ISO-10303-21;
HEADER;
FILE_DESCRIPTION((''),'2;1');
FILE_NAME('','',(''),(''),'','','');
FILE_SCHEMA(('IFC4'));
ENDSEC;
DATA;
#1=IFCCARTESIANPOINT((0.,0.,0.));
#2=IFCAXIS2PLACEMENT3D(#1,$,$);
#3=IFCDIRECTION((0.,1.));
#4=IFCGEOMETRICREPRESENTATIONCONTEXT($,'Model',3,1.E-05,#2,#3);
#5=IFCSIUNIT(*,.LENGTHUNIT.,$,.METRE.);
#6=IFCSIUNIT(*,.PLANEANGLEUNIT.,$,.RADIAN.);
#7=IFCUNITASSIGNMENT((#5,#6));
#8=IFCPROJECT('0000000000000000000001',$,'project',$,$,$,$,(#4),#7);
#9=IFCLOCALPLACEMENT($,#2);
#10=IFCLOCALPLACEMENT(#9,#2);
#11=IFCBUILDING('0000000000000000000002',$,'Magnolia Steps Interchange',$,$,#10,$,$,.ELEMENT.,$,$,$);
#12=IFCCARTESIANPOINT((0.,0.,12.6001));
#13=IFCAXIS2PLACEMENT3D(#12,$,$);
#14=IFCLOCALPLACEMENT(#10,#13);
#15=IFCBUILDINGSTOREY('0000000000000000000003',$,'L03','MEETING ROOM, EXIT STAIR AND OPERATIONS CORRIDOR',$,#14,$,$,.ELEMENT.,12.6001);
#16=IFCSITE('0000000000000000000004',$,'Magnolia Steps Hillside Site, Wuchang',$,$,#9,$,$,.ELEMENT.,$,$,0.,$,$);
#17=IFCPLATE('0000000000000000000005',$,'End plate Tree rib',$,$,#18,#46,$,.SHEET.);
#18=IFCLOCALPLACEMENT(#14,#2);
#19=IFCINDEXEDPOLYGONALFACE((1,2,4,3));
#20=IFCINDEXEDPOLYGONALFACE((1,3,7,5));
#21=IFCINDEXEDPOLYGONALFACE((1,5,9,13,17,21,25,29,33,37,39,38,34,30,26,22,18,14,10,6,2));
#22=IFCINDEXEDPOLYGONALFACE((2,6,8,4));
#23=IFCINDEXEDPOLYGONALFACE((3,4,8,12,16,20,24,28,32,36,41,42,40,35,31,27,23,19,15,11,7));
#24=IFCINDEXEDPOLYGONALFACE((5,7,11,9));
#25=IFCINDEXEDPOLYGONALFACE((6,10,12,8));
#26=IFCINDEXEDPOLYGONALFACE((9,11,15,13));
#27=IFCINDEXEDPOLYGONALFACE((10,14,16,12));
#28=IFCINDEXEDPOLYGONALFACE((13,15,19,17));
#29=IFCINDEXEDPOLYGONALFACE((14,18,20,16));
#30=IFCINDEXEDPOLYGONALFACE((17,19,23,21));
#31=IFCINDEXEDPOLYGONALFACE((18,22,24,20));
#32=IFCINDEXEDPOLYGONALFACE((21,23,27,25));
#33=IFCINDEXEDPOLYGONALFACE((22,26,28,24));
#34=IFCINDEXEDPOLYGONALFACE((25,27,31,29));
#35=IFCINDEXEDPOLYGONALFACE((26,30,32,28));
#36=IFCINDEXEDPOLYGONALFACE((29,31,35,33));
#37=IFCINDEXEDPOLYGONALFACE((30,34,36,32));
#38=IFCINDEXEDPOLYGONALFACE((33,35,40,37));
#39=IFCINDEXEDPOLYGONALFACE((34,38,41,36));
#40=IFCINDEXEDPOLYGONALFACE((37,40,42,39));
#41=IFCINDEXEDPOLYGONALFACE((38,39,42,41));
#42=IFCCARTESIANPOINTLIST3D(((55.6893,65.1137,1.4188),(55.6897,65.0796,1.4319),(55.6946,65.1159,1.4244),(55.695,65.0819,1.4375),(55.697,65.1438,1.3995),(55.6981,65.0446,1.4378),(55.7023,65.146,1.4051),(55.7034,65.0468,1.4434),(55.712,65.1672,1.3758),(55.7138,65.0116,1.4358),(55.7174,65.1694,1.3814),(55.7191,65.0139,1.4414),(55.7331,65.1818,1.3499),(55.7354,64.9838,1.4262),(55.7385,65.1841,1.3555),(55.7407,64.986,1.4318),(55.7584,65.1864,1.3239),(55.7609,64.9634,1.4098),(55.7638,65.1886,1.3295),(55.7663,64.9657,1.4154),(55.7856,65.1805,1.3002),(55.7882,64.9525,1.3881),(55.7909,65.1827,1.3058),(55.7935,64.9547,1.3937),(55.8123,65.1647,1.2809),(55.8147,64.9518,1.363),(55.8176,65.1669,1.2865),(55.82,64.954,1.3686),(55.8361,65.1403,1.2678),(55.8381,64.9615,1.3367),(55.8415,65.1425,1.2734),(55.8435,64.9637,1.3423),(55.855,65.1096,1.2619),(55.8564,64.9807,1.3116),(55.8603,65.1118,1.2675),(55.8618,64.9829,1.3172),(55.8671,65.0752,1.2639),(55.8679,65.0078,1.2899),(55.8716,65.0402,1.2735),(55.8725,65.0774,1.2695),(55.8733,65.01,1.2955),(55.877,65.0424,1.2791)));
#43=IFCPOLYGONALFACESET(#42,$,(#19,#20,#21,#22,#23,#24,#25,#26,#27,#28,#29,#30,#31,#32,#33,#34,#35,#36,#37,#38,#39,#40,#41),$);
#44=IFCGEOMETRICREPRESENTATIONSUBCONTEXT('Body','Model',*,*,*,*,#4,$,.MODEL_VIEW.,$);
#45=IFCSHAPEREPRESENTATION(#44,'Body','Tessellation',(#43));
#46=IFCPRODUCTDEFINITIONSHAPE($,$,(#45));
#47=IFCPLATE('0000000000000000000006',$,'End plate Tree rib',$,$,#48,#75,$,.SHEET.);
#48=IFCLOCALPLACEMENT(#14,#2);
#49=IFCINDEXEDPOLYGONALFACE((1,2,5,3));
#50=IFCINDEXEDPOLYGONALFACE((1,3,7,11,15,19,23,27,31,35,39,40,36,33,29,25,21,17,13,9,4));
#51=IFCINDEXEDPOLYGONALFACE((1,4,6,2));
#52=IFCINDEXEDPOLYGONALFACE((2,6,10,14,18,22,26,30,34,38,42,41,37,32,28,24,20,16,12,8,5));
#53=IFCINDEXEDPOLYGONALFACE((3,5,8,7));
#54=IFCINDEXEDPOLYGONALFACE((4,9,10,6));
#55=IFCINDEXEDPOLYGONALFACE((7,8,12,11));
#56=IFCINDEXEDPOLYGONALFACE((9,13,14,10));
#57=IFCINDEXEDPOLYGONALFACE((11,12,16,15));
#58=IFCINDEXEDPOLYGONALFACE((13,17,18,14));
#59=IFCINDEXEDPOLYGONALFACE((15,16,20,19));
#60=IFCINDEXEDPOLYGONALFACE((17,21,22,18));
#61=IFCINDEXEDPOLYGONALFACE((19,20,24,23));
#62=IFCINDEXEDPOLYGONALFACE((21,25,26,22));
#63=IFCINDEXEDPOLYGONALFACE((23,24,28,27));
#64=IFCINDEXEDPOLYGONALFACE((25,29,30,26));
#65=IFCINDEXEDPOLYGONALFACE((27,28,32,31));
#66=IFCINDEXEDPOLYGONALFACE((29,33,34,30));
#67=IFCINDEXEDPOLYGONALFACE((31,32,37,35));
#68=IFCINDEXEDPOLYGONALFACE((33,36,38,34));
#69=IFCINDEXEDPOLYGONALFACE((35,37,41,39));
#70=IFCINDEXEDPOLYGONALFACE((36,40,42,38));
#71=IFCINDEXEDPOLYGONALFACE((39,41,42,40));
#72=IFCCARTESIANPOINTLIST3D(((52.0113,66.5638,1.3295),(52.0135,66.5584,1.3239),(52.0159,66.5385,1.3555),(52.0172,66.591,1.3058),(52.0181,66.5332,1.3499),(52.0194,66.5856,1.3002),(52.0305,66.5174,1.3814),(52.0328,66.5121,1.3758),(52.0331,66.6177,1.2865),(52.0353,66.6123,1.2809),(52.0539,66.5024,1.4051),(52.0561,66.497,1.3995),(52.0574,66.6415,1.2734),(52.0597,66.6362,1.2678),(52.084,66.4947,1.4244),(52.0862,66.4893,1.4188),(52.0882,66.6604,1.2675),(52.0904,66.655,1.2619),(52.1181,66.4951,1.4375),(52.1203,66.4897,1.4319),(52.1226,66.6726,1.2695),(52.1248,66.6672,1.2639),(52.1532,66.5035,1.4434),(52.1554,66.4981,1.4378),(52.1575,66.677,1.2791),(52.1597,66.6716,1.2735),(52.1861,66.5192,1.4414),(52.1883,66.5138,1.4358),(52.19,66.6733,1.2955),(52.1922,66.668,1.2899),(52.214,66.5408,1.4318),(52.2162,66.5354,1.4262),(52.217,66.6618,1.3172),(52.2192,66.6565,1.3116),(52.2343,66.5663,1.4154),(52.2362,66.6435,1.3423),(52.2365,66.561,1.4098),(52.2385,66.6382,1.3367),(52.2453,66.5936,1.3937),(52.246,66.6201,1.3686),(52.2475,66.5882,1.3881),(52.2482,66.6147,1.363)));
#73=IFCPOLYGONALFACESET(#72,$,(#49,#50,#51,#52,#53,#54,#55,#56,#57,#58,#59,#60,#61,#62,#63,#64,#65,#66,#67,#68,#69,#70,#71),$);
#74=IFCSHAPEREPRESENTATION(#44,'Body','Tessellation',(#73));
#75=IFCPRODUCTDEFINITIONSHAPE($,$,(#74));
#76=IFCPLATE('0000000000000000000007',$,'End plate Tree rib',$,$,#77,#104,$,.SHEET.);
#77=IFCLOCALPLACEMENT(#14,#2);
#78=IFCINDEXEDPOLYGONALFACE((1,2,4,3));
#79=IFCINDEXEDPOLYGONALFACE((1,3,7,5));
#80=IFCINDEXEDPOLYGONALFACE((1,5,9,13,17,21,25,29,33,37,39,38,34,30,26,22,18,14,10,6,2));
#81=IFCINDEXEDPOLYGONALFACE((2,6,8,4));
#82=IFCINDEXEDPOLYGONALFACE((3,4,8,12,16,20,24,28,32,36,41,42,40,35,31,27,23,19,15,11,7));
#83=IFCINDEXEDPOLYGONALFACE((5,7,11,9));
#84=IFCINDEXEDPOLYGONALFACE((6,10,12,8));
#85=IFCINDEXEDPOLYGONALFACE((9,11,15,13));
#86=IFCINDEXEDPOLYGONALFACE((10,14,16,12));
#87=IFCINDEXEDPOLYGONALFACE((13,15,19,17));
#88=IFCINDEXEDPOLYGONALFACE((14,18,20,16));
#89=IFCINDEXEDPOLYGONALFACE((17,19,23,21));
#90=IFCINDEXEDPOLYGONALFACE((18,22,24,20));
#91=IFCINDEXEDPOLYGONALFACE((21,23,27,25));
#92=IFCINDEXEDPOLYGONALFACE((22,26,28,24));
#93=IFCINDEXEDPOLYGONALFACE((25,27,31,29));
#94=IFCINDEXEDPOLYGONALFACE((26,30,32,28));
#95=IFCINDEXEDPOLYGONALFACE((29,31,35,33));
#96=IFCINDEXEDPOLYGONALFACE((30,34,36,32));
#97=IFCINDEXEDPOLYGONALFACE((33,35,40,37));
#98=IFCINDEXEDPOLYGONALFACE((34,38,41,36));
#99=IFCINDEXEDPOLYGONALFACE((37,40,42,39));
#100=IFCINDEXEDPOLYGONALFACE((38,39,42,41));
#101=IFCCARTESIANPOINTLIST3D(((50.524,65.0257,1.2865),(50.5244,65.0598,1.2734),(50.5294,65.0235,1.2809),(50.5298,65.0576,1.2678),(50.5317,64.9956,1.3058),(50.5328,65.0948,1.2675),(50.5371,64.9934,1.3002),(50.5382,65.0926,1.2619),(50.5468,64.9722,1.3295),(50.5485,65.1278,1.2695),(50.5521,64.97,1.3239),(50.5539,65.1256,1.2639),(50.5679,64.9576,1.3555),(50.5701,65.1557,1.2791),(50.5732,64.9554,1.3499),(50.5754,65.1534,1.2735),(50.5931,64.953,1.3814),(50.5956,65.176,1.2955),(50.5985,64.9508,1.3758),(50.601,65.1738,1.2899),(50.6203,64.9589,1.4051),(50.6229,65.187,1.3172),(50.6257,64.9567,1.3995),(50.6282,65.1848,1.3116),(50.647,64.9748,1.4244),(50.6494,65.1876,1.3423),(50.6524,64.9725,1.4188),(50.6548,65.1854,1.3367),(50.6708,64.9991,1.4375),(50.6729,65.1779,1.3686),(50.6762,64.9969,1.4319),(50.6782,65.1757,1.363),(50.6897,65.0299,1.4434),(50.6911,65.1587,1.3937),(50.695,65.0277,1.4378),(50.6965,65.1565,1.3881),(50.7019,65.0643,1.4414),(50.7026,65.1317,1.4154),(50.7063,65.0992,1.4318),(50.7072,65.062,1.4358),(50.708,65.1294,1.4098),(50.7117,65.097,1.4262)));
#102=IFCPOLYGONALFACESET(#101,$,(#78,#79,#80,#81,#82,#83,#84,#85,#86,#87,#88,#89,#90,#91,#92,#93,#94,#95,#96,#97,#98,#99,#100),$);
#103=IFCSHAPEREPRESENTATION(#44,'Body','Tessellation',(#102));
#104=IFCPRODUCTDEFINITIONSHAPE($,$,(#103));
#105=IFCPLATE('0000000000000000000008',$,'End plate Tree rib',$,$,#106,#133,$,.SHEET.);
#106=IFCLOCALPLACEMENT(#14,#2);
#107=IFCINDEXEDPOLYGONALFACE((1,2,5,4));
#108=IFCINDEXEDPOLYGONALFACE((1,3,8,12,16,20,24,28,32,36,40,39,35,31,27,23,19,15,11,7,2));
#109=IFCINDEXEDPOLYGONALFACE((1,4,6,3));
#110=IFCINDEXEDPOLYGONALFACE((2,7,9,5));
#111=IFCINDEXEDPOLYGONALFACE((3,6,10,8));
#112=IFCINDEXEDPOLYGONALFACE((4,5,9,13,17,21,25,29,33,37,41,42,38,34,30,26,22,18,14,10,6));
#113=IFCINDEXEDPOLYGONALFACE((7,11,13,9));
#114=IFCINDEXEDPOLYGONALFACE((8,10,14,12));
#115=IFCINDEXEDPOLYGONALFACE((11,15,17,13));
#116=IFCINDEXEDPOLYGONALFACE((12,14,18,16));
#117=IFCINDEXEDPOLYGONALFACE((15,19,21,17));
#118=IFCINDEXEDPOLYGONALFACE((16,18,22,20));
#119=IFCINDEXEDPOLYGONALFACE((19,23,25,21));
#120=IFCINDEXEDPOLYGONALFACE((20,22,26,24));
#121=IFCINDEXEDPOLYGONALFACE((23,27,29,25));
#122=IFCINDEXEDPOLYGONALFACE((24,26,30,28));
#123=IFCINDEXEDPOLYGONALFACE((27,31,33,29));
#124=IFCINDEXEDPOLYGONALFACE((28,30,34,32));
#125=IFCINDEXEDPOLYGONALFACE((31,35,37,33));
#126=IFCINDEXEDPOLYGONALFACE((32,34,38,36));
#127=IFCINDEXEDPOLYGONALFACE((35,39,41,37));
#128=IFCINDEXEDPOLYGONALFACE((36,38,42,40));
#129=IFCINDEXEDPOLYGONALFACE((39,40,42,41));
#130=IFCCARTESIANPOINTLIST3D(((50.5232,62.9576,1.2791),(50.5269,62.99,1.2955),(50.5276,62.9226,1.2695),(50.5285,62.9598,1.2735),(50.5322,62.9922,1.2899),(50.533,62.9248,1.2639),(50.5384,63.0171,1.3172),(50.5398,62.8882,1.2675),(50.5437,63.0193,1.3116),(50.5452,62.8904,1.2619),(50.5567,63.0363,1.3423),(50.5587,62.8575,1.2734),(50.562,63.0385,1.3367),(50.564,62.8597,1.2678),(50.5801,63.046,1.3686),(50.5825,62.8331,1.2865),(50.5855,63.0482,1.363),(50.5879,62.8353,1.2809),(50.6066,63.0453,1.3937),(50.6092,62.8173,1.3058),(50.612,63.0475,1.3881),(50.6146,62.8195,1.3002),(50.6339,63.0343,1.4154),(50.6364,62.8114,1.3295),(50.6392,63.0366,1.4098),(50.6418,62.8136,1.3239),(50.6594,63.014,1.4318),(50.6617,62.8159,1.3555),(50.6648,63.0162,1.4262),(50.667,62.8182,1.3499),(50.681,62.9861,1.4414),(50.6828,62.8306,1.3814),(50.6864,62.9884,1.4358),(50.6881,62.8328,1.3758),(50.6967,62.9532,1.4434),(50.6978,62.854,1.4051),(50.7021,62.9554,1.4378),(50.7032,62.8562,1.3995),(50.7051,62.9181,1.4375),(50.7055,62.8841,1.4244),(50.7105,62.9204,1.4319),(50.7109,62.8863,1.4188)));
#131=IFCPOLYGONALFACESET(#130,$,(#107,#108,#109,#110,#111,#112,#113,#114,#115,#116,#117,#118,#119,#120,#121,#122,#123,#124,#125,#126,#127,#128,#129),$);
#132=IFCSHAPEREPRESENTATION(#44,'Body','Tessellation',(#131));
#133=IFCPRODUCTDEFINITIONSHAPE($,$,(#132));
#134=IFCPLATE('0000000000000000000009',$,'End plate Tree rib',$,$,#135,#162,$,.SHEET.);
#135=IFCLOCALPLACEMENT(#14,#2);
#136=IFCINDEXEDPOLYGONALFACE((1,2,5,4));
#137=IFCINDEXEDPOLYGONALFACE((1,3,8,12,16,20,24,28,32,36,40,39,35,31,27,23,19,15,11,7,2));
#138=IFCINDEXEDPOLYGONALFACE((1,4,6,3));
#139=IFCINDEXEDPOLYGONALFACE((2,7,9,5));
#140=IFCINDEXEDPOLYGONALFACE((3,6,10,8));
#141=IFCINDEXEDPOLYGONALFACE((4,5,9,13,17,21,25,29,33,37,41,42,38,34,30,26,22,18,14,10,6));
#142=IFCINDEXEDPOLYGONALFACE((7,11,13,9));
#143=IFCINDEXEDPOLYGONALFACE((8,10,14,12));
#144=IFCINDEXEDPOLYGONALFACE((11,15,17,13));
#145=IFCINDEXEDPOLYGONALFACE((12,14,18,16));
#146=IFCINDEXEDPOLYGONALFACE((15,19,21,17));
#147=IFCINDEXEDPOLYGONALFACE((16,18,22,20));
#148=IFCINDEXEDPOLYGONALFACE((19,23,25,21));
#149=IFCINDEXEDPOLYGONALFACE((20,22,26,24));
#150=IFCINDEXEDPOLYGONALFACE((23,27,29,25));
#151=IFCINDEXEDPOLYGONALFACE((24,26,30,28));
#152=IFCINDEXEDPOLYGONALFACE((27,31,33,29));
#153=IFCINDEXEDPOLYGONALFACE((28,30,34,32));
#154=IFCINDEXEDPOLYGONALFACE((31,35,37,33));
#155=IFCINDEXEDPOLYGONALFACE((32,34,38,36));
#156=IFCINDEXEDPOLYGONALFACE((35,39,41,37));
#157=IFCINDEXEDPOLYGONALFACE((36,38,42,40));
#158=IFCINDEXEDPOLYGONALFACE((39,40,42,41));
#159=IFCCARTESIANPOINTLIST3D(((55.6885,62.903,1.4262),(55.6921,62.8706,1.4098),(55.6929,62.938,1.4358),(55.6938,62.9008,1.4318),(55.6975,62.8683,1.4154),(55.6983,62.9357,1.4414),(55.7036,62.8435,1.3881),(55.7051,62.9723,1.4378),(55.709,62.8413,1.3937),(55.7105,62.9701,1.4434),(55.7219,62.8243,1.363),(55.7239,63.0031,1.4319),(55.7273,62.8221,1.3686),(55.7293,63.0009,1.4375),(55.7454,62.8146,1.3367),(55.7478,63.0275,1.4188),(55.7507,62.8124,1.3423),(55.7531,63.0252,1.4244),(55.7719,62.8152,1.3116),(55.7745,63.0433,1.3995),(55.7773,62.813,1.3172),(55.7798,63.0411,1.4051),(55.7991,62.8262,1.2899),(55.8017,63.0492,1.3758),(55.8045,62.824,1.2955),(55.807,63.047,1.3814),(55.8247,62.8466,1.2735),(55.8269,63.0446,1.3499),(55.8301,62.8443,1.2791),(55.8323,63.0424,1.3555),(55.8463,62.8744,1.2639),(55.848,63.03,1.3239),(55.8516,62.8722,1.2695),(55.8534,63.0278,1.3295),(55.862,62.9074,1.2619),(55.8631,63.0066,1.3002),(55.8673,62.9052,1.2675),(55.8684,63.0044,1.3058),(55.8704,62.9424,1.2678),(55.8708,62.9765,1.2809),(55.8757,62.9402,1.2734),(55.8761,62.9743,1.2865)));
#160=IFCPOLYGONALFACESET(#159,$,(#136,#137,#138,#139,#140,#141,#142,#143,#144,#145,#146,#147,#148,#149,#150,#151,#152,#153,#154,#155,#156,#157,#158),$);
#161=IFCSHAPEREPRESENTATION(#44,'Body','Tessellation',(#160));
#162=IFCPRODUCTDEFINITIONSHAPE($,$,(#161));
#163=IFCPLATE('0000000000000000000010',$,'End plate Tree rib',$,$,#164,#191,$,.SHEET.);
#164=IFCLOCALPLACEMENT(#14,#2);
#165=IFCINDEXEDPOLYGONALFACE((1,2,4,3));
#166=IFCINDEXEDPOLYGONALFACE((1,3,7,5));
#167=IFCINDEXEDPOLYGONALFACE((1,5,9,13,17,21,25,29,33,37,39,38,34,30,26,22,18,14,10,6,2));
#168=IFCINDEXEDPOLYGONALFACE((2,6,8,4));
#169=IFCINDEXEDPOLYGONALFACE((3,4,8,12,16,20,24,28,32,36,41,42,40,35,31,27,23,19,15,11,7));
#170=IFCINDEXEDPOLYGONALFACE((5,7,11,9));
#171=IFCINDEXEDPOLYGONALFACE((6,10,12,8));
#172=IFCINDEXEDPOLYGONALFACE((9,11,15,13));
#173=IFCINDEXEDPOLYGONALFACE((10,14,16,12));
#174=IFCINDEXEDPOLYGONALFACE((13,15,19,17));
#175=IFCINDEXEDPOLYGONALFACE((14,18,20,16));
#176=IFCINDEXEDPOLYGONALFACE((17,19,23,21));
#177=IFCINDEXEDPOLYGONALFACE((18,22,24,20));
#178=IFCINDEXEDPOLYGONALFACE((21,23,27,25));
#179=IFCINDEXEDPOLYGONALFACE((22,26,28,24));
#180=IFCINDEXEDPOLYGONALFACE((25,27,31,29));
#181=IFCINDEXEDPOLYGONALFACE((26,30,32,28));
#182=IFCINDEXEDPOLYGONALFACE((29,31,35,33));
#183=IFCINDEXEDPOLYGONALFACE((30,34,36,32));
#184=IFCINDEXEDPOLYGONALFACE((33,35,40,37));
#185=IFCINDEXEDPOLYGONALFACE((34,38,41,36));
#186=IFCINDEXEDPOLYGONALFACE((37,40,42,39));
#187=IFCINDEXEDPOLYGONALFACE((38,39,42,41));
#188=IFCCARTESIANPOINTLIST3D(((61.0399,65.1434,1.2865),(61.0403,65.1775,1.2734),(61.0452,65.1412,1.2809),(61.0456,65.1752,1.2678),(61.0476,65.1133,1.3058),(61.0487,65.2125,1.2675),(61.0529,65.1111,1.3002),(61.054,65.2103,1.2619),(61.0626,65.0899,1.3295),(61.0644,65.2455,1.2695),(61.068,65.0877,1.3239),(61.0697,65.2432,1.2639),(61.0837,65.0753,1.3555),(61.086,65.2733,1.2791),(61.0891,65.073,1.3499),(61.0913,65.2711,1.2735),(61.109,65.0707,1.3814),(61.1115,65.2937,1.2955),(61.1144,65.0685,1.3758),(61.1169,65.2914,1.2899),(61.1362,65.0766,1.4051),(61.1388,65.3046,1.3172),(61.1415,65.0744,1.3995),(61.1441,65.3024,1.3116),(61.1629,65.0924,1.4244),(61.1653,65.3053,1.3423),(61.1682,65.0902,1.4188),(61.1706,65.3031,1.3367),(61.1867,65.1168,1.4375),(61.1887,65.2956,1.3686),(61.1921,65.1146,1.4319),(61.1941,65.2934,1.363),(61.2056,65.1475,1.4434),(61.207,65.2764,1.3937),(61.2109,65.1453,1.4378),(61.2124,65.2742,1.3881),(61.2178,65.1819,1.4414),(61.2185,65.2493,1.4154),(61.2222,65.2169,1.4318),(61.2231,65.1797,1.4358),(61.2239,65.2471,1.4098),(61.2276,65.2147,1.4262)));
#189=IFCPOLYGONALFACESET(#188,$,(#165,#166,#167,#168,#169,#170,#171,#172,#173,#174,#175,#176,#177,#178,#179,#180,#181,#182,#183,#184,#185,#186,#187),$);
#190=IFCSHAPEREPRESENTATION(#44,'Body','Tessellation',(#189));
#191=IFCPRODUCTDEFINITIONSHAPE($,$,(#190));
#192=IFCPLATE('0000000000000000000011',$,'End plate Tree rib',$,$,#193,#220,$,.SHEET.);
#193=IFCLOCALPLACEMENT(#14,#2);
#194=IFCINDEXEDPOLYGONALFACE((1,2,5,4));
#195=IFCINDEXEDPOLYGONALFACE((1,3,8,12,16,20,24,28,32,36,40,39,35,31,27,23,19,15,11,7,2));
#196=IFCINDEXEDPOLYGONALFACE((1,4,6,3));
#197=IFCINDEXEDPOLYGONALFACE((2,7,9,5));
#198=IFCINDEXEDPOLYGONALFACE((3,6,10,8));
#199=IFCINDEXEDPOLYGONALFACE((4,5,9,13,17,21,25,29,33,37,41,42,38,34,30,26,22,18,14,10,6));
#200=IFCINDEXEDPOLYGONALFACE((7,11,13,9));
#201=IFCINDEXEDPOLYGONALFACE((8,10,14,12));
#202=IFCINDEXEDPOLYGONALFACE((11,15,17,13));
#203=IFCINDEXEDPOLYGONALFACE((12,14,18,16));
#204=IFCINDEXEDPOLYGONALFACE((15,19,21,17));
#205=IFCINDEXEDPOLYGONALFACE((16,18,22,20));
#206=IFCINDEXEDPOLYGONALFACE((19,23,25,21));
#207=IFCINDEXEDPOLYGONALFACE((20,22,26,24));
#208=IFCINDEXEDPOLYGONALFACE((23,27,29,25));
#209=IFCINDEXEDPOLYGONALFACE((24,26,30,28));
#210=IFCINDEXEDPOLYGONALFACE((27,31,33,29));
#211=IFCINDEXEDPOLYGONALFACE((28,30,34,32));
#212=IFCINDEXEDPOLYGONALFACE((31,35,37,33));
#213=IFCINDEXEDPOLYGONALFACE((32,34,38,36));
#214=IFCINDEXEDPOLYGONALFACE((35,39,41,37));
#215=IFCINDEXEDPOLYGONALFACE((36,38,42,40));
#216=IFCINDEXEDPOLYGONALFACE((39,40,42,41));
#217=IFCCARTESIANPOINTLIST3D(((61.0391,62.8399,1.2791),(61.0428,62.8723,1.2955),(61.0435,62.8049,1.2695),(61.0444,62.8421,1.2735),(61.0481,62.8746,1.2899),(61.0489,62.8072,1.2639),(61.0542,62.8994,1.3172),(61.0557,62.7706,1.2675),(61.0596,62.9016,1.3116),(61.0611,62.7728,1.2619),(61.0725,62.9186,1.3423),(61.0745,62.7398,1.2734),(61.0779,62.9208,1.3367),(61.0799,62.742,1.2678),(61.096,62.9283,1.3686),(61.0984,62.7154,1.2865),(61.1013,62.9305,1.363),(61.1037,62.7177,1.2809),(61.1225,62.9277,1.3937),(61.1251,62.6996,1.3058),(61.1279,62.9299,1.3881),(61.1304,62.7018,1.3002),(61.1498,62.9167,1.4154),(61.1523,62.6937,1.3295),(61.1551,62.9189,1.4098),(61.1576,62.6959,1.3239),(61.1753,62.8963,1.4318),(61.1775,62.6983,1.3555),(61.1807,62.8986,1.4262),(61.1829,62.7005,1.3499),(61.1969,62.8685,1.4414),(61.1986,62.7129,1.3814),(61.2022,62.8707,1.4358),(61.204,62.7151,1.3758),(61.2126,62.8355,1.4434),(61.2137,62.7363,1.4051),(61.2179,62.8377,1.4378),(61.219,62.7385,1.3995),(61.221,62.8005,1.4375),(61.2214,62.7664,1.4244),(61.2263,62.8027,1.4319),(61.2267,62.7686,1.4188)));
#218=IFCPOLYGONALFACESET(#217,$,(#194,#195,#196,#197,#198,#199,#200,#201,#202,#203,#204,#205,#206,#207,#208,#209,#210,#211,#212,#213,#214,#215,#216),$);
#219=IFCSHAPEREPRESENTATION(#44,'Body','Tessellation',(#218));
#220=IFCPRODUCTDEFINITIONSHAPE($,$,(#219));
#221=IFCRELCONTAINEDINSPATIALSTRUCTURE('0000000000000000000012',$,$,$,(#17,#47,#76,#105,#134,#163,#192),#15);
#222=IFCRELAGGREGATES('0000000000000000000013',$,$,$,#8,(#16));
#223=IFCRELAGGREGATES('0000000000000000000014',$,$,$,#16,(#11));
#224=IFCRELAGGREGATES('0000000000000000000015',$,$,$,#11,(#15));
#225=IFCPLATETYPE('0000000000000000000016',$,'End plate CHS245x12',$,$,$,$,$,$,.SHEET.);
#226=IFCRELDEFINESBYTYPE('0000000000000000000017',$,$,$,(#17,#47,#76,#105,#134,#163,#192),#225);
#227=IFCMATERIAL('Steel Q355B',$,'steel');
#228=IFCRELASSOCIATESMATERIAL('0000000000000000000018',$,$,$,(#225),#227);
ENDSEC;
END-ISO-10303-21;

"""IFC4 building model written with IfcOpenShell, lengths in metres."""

from ifc_helpers import new_model, si_unit, direction, frame, origin, origin_2d, place, context, subcontext, project, spatial, circle, extrude, material, material_profile, profile_set, type_object, element, save


model = new_model("IFC4")

# Units and contexts
model_context = context("Model", 3, precision=1e-05, world=origin(), true_north=direction((0.0, 1.0)))
body_context = subcontext(model_context, "Body", "Model", "MODEL_VIEW")
ifc_project = project(units=[si_unit("LENGTHUNIT", "METRE"), si_unit("PLANEANGLEUNIT", "RADIAN")], contexts=[model_context])

# Site, building, storey
site_placement = place(None, origin())
site = spatial("IfcSite", under=ifc_project, at=site_placement, Name="Magnolia Steps Hillside Site, Wuchang", CompositionType="ELEMENT", RefElevation=0.0)
building_placement = place(site_placement, origin())
building = spatial("IfcBuilding", under=site, at=building_placement, Name="Magnolia Steps Interchange", CompositionType="ELEMENT")
storey_placement = place(building_placement, frame((0.0, 0.0, 12.6001)))
storey = spatial("IfcBuildingStorey", under=building, at=storey_placement, Name="L03", Description="MEETING ROOM, EXIT STAIR AND OPERATIONS CORRIDOR", CompositionType="ELEMENT", Elevation=12.6001)

# Plates
ifc_material_1 = material(Name="Steel Q355B", Category="steel")
ifc_material_profile_1 = material_profile(ifc_material_1, circle(Radius=0.1226, at=origin_2d()), Name="End plate CHS245x12")
ifc_profile_set_1 = profile_set([ifc_material_profile_1], Name="Steel Q355B")
plate_type_1 = type_object("IfcPlateType", Name="End plate CHS245x12", PredefinedType="SHEET", material=ifc_profile_set_1)
for number, where, z_axis, x_axis, name in (
    (1, (55.78, 65.0686, 1.3499), (0.664583, 0.275279, 0.694658), (-0.382683, 0.92388, 0.0), "End plate Tree rib"),
    (2, (52.1313, 66.5801, 1.3499), (-0.275279, 0.664583, 0.694658), (-0.92388, -0.382683, 0.0), "End plate Tree rib"),
    (3, (50.6201, 65.0686, 1.3499), (-0.664583, 0.275279, 0.694658), (-0.382683, -0.92388, 0.0), "End plate Tree rib"),
    (4, (50.6201, 62.9314, 1.3499), (-0.664583, -0.275279, 0.694658), (0.382683, -0.92388, 0.0), "End plate Tree rib"),
    (5, (55.78, 62.9314, 1.3499), (0.664583, -0.275279, 0.694658), (0.382683, 0.92388, 0.0), "End plate Tree rib"),
    (6, (61.136, 65.1863, 1.3499), (-0.664583, 0.275279, 0.694658), (-0.382683, -0.92388, 0.0), "End plate Tree rib"),
    (7, (61.136, 62.8137, 1.3499), (-0.664583, -0.275279, 0.694658), (0.382683, -0.92388, 0.0), "End plate Tree rib"),
):
    element("IfcPlate", number, at=place(storey_placement, frame(where, z_axis=z_axis, x_axis=x_axis)), inside=storey, type_object=plate_type_1, Name=name, PredefinedType="SHEET", context=body_context, shape_type="SweptSolid", body=[
        extrude(circle(Radius=0.1226, at=origin_2d()), origin(), (0.0, 0.0, 1.0), 0.0081),
    ])

save(model, "model.ifc")
